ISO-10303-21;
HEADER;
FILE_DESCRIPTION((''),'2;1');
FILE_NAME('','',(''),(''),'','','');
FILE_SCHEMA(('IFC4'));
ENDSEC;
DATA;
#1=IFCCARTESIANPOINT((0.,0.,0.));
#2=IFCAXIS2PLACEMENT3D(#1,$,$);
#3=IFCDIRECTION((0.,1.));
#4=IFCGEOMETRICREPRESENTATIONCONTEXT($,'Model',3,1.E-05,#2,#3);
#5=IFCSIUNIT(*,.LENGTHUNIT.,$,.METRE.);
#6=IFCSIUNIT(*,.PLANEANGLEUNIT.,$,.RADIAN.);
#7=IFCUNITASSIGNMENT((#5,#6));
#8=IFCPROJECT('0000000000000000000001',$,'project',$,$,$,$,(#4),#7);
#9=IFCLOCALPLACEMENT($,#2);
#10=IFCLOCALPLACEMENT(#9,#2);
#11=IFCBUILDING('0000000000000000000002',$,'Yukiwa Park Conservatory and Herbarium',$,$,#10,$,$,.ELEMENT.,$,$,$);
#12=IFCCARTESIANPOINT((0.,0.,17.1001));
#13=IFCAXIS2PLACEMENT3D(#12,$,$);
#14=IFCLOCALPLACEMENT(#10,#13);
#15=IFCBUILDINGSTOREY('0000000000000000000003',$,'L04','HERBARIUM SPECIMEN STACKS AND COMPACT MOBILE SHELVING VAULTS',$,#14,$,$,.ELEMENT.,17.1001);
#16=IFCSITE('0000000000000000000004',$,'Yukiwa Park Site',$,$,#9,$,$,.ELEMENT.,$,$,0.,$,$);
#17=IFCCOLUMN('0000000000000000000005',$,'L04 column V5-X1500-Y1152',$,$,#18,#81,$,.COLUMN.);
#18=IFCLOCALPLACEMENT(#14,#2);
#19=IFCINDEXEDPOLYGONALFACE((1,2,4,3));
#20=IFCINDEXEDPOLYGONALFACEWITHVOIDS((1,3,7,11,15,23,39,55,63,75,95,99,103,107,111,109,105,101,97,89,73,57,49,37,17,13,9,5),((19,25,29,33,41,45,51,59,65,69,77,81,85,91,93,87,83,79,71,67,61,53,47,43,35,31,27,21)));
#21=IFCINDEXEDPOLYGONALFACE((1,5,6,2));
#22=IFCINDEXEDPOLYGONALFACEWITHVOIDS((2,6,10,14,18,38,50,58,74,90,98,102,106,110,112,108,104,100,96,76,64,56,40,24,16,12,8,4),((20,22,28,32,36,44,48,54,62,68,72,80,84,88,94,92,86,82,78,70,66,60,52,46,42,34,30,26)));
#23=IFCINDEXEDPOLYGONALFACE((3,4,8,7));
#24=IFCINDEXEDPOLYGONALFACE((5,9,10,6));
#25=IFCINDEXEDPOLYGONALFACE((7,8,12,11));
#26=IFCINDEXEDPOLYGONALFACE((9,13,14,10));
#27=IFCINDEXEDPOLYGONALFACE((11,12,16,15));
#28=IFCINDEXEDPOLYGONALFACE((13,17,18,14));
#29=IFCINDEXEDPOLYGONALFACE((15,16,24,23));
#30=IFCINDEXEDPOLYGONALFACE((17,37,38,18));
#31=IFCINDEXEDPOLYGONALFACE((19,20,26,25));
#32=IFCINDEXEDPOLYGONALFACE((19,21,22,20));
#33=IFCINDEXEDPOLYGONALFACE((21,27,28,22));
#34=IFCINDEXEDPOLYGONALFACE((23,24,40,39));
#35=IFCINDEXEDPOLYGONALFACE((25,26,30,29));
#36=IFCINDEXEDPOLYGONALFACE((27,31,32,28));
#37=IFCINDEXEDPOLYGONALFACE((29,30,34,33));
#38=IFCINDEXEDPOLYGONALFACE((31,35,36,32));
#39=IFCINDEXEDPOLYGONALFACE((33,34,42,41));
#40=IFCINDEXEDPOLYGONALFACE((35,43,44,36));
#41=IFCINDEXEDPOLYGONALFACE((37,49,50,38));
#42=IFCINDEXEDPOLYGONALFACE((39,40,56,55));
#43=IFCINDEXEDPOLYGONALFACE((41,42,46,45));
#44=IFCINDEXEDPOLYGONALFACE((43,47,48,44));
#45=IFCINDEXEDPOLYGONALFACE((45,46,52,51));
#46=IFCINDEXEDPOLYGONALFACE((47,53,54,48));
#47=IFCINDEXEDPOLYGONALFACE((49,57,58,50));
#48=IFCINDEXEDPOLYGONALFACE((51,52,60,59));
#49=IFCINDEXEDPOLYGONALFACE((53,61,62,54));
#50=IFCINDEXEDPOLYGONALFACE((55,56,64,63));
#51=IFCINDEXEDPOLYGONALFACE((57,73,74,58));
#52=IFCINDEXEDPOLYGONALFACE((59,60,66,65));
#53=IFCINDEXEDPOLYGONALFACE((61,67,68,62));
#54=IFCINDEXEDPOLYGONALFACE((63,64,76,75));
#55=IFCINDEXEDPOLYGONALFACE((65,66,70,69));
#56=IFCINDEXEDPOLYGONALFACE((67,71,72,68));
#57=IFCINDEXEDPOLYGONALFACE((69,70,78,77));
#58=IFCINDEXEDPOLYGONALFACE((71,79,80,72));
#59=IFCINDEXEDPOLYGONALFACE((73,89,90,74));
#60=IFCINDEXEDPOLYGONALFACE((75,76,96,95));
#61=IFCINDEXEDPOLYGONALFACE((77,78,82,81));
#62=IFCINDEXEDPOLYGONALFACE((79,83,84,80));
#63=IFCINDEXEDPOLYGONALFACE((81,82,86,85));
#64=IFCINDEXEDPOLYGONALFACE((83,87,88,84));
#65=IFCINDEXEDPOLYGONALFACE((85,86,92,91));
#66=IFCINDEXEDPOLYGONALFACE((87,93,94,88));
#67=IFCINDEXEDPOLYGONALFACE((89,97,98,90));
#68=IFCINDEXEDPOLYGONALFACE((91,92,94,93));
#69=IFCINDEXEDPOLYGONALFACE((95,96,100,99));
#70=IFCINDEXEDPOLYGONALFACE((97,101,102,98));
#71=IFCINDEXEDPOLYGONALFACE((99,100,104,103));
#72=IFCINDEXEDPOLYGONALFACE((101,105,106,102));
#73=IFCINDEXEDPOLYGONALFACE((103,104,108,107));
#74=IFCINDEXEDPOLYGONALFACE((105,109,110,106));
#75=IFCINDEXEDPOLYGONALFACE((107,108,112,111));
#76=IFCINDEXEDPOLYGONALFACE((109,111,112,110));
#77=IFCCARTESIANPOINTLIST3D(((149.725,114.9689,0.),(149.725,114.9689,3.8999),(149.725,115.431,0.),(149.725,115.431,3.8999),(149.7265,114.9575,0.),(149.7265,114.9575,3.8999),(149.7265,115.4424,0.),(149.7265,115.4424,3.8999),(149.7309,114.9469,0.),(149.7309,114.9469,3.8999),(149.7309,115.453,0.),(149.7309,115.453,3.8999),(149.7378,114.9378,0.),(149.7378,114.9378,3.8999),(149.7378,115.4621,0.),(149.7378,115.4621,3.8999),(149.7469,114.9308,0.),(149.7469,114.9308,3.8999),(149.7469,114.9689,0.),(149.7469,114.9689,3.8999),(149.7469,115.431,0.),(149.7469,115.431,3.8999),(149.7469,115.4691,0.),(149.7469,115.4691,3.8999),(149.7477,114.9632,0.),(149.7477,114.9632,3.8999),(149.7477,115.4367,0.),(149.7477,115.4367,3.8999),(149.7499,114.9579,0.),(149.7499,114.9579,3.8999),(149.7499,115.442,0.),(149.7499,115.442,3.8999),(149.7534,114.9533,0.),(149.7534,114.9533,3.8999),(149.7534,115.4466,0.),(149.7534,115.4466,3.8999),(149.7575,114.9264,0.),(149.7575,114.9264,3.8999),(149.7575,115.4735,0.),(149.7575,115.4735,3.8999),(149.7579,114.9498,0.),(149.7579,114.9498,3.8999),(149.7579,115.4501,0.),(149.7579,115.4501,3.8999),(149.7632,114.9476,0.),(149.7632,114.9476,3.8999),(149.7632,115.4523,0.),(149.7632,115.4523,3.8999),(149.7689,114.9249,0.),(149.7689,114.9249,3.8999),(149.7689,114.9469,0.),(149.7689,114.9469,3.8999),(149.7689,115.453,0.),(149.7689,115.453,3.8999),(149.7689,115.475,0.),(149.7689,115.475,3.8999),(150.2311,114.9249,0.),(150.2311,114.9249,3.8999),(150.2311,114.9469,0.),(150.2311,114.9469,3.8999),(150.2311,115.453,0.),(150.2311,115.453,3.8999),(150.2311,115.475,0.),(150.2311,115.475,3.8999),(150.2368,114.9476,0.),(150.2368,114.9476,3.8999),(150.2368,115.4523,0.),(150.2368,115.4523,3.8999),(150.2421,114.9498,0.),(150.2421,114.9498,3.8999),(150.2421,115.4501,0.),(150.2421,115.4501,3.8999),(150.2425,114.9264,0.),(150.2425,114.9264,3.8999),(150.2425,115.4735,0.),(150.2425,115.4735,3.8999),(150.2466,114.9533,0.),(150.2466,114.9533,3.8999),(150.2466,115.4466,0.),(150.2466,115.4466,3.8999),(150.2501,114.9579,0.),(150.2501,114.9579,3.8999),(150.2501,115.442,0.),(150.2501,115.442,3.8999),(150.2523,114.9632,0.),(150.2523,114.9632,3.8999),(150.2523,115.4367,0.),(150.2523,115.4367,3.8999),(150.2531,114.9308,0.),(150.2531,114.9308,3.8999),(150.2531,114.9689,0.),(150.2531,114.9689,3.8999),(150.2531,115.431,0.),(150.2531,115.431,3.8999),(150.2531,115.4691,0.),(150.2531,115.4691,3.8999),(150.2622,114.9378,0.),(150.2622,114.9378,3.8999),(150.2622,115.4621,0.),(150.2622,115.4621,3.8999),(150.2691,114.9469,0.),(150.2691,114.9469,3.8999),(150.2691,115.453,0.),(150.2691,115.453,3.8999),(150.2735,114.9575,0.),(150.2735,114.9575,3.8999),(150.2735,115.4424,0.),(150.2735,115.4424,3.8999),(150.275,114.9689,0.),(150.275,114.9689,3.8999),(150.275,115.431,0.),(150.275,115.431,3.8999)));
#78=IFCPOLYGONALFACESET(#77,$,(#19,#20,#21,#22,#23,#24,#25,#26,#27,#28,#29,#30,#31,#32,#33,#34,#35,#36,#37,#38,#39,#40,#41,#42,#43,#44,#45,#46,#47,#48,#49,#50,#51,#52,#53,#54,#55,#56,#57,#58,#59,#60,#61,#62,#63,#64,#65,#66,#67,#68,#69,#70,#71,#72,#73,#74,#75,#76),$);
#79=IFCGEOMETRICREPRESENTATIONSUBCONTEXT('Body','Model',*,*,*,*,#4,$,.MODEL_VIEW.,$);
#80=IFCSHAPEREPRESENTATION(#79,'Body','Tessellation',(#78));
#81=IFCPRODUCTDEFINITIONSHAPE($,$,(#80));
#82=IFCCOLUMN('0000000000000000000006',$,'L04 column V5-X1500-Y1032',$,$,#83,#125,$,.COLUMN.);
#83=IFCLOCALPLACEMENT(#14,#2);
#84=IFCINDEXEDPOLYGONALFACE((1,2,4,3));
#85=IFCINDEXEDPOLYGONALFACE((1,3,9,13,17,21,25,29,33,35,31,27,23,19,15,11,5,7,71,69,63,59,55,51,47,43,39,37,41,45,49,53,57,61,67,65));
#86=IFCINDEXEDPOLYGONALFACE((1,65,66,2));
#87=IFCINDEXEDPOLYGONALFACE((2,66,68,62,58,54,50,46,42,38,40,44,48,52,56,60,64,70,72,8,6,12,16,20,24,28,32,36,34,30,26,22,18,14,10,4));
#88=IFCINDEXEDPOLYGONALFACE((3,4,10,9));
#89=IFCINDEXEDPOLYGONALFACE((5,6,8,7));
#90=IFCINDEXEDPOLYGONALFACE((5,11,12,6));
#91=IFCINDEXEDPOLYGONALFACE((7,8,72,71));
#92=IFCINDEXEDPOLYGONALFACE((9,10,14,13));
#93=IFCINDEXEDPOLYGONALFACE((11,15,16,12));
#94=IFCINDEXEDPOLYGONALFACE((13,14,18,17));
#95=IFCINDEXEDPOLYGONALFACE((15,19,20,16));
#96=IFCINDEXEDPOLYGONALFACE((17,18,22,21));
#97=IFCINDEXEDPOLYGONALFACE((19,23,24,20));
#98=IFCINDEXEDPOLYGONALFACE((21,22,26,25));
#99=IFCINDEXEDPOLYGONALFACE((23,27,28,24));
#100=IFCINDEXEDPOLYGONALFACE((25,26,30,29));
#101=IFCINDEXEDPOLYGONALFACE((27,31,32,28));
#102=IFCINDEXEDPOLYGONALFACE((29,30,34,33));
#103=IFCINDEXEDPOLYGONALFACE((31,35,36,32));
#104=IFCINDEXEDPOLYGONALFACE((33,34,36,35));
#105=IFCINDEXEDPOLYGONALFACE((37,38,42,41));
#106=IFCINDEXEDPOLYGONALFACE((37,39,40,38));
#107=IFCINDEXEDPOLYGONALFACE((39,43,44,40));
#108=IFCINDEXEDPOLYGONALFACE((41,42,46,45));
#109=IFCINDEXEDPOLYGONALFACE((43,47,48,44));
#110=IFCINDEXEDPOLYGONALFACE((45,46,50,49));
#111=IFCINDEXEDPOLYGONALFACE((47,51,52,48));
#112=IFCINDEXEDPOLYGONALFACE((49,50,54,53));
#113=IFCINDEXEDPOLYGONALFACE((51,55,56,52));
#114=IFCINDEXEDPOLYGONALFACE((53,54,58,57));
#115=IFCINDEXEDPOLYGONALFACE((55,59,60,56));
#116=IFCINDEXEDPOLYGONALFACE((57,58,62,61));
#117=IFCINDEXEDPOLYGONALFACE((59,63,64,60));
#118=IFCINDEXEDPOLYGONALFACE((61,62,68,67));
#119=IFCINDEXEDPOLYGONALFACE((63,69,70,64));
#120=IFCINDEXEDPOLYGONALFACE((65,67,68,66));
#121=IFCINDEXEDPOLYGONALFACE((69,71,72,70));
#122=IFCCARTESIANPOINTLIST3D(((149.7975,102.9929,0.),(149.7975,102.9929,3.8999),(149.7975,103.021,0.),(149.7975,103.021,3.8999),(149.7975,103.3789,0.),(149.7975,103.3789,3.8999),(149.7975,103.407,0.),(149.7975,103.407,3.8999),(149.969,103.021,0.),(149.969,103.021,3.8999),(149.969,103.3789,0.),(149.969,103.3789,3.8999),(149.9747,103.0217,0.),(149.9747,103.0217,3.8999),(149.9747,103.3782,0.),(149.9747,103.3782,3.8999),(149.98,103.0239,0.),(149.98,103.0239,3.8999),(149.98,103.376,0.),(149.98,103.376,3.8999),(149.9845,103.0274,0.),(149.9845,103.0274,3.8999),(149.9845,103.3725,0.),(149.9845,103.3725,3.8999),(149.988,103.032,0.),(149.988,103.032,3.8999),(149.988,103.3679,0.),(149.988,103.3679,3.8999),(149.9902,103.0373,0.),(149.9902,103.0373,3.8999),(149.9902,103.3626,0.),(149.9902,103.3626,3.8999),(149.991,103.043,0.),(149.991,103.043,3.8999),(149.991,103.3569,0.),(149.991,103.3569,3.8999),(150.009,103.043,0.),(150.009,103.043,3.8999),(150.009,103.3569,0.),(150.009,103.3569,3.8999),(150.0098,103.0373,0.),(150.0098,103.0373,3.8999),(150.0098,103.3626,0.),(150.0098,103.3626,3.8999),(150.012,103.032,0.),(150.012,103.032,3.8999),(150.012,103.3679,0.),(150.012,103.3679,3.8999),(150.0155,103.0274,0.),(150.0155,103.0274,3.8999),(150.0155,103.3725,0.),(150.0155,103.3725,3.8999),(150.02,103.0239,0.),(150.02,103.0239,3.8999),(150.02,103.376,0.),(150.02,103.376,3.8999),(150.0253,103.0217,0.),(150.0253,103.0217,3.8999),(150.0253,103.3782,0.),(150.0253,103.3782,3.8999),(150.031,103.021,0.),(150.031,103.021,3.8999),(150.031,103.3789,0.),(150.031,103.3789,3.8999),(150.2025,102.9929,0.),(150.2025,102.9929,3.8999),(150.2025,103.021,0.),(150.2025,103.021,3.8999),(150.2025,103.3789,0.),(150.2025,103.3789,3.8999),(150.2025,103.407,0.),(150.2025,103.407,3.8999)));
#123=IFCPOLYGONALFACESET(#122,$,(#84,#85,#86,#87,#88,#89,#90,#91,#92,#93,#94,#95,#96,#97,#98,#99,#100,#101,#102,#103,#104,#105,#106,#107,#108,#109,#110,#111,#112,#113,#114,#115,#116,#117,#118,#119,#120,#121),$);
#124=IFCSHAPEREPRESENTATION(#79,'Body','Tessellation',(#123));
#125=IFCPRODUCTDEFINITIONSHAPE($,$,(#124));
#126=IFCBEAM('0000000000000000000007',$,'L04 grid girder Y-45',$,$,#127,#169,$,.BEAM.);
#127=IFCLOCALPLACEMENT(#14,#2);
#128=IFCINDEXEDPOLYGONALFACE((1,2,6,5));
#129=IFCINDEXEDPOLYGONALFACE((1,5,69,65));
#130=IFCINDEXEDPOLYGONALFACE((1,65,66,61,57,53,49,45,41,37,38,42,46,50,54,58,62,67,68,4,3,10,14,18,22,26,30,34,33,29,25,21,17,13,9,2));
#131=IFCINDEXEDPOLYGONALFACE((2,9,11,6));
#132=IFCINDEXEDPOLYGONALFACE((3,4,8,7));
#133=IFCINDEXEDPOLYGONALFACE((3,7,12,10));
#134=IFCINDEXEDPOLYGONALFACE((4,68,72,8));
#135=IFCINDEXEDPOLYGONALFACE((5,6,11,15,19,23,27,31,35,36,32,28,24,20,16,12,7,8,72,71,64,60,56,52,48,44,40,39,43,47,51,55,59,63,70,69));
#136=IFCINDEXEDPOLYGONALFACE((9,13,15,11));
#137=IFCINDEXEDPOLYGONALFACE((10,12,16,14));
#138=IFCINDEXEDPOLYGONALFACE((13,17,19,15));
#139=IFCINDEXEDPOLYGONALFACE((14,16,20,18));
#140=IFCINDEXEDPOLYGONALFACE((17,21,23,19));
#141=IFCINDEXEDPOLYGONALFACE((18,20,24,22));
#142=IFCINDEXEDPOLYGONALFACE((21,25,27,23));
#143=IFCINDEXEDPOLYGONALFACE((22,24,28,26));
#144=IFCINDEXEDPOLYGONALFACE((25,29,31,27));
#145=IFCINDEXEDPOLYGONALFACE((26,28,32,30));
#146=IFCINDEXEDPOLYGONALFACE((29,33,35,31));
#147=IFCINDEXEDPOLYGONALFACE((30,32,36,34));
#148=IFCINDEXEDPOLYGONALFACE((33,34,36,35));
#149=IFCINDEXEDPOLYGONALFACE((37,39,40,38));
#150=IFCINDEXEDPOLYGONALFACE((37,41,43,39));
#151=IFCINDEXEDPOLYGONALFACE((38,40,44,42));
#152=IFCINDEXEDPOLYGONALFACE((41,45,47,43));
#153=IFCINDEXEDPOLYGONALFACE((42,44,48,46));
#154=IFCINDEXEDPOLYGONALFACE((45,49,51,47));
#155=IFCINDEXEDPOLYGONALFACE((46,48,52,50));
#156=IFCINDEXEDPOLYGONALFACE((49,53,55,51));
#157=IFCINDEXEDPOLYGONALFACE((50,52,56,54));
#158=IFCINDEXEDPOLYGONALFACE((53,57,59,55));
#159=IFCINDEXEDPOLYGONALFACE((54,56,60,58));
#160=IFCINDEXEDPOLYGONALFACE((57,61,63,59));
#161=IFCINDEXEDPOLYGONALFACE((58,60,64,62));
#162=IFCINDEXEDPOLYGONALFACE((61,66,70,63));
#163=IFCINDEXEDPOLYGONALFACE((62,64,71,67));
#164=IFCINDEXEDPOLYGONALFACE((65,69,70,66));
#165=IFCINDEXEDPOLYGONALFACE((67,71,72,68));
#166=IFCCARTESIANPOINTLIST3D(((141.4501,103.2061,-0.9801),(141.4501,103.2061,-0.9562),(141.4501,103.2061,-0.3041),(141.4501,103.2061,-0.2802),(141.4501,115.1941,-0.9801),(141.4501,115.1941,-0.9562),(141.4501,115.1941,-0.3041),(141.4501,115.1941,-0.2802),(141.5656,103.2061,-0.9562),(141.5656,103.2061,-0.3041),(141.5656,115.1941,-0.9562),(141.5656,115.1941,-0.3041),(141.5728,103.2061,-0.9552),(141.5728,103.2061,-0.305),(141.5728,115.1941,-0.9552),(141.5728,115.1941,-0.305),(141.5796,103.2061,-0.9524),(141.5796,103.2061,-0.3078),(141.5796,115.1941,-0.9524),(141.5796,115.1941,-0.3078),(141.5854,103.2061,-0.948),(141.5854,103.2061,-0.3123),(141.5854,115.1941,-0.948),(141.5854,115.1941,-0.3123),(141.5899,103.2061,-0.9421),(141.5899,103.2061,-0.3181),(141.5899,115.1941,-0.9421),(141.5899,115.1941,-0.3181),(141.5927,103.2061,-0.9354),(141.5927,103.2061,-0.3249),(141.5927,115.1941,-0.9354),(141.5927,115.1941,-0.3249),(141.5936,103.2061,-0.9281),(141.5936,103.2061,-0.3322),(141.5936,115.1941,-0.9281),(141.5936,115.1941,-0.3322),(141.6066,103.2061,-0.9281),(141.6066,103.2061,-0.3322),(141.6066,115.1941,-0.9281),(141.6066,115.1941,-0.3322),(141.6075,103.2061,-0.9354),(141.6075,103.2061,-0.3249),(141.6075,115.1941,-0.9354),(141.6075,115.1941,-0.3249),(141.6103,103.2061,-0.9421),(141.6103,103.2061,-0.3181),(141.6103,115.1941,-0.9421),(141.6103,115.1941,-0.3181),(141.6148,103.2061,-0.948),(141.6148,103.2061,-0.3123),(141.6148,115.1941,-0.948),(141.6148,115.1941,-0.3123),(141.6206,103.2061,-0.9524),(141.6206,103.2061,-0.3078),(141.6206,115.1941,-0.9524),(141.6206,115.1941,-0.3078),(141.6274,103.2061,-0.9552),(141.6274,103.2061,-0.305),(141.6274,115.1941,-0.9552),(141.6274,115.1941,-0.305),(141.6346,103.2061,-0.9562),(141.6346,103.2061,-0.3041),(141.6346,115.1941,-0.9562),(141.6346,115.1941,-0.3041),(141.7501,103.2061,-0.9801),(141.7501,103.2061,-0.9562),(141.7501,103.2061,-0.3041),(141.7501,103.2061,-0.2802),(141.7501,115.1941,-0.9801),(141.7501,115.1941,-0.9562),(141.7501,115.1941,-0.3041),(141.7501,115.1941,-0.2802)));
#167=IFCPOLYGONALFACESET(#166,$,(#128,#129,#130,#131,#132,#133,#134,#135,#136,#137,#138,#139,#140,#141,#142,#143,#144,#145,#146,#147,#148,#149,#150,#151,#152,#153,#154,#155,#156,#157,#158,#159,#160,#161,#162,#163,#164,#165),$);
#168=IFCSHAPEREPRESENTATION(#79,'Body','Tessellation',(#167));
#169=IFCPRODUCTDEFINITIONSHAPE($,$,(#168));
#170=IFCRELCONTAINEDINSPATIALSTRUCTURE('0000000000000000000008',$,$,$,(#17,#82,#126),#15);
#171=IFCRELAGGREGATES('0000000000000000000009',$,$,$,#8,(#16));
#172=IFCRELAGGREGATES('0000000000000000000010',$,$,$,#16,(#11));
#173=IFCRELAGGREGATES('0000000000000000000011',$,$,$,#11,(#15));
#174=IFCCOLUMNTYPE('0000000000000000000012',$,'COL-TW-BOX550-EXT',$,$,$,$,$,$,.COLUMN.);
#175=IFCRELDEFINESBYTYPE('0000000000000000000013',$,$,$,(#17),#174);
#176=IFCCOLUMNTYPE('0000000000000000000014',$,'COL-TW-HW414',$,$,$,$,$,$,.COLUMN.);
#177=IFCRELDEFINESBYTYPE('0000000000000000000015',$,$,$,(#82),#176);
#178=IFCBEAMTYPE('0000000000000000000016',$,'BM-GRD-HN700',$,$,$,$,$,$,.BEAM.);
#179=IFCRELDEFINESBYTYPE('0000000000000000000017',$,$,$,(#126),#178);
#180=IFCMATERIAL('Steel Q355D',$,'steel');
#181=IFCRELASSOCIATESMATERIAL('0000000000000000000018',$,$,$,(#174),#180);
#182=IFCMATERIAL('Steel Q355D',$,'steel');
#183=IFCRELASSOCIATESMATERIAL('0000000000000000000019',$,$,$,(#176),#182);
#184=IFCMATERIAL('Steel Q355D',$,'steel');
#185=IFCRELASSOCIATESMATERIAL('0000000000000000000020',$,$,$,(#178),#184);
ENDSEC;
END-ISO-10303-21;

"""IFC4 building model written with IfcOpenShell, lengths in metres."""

from ifc_helpers import new_model, si_unit, direction, frame, origin, origin_2d, place, context, subcontext, project, spatial, hollow_rectangle, i_section, extrude, material, material_profile, profile_set, type_object, element, save


model = new_model("IFC4")

# Units and contexts
model_context = context("Model", 3, precision=1e-05, world=origin(), true_north=direction((0.0, 1.0)))
body_context = subcontext(model_context, "Body", "Model", "MODEL_VIEW")
ifc_project = project(units=[si_unit("LENGTHUNIT", "METRE"), si_unit("PLANEANGLEUNIT", "RADIAN")], contexts=[model_context])

# Site, building, storey
site_placement = place(None, origin())
site = spatial("IfcSite", under=ifc_project, at=site_placement, Name="Yukiwa Park Site", CompositionType="ELEMENT", RefElevation=0.0)
building_placement = place(site_placement, origin())
building = spatial("IfcBuilding", under=site, at=building_placement, Name="Yukiwa Park Conservatory and Herbarium", CompositionType="ELEMENT")
storey_placement = place(building_placement, frame((0.0, 0.0, 17.1001)))
storey = spatial("IfcBuildingStorey", under=building, at=storey_placement, Name="L04", Description="HERBARIUM SPECIMEN STACKS AND COMPACT MOBILE SHELVING VAULTS", CompositionType="ELEMENT", Elevation=17.1001)

# Columns
ifc_material_1 = material(Name="Steel Q355D", Category="steel")
ifc_material_profile_1 = material_profile(ifc_material_1, hollow_rectangle(XDim=0.55, YDim=0.55, WallThickness=0.022, InnerFilletRadius=0.022, OuterFilletRadius=0.0439, at=origin_2d()), Name="BOX 550x550x22")
ifc_profile_set_1 = profile_set([ifc_material_profile_1], Name="Steel Q355D")
column_type_1 = type_object("IfcColumnType", Name="COL-TW-BOX550-EXT", PredefinedType="COLUMN", material=ifc_profile_set_1)
column_1_placement = place(storey_placement, frame((150.0, 115.2, 0.0), z_axis=(0.0, 0.0, 1.0), x_axis=(1.0, 0.0, 0.0)))
element("IfcColumn", 1, at=column_1_placement, inside=storey, type_object=column_type_1, Name="L04 column V5-X1500-Y1152", PredefinedType="COLUMN", context=body_context, shape_type="SweptSolid", body=[
    extrude(hollow_rectangle(XDim=0.55, YDim=0.55, WallThickness=0.022, InnerFilletRadius=0.022, OuterFilletRadius=0.0439, at=origin_2d()), origin(), (0.0, 0.0, 1.0), 3.8999),
])
ifc_material_2 = material(Name="Steel Q355D", Category="steel")
ifc_material_profile_2 = material_profile(ifc_material_2, i_section(OverallWidth=0.405, OverallDepth=0.4141, WebThickness=0.0181, FlangeThickness=0.0281, FilletRadius=0.022, at=origin_2d()), Name="HW 414x405x18x28")
ifc_profile_set_2 = profile_set([ifc_material_profile_2], Name="Steel Q355D")
column_type_2 = type_object("IfcColumnType", Name="COL-TW-HW414", PredefinedType="COLUMN", material=ifc_profile_set_2)
column_2_placement = place(storey_placement, frame((150.0, 103.2, 0.0), z_axis=(0.0, 0.0, 1.0), x_axis=(1.0, 0.0, 0.0)))
element("IfcColumn", 2, at=column_2_placement, inside=storey, type_object=column_type_2, Name="L04 column V5-X1500-Y1032", PredefinedType="COLUMN", context=body_context, shape_type="SweptSolid", body=[
    extrude(i_section(OverallWidth=0.405, OverallDepth=0.4141, WebThickness=0.0181, FlangeThickness=0.0281, FilletRadius=0.022, at=origin_2d()), origin(), (0.0, 0.0, 1.0), 3.8999),
])

# Beam
ifc_material_3 = material(Name="Steel Q355D", Category="steel")
ifc_material_profile_3 = material_profile(ifc_material_3, i_section(OverallWidth=0.3, OverallDepth=0.7, WebThickness=0.0129, FlangeThickness=0.0239, FilletRadius=0.0281, at=origin_2d()), Name="HN 700x300x13x24")
ifc_profile_set_3 = profile_set([ifc_material_profile_3], Name="Steel Q355D")
beam_type_1 = type_object("IfcBeamType", Name="BM-GRD-HN700", PredefinedType="BEAM", material=ifc_profile_set_3)
for number, where, z_axis, x_axis, name in (
    (3, (141.6001, 103.2061, -0.6301), (0.0, 1.0, 0.0), (-1.0, 0.0, 0.0), "L04 grid girder Y-45"),
):
    element("IfcBeam", number, at=place(storey_placement, frame(where, z_axis=z_axis, x_axis=x_axis)), inside=storey, type_object=beam_type_1, Name=name, PredefinedType="BEAM", context=body_context, shape_type="SweptSolid", body=[
        extrude(i_section(OverallWidth=0.3, OverallDepth=0.7, WebThickness=0.0129, FlangeThickness=0.0239, FilletRadius=0.0281, at=origin_2d()), origin(), (0.0, 0.0, 1.0), 11.988),
    ])

save(model, "model.ifc")
